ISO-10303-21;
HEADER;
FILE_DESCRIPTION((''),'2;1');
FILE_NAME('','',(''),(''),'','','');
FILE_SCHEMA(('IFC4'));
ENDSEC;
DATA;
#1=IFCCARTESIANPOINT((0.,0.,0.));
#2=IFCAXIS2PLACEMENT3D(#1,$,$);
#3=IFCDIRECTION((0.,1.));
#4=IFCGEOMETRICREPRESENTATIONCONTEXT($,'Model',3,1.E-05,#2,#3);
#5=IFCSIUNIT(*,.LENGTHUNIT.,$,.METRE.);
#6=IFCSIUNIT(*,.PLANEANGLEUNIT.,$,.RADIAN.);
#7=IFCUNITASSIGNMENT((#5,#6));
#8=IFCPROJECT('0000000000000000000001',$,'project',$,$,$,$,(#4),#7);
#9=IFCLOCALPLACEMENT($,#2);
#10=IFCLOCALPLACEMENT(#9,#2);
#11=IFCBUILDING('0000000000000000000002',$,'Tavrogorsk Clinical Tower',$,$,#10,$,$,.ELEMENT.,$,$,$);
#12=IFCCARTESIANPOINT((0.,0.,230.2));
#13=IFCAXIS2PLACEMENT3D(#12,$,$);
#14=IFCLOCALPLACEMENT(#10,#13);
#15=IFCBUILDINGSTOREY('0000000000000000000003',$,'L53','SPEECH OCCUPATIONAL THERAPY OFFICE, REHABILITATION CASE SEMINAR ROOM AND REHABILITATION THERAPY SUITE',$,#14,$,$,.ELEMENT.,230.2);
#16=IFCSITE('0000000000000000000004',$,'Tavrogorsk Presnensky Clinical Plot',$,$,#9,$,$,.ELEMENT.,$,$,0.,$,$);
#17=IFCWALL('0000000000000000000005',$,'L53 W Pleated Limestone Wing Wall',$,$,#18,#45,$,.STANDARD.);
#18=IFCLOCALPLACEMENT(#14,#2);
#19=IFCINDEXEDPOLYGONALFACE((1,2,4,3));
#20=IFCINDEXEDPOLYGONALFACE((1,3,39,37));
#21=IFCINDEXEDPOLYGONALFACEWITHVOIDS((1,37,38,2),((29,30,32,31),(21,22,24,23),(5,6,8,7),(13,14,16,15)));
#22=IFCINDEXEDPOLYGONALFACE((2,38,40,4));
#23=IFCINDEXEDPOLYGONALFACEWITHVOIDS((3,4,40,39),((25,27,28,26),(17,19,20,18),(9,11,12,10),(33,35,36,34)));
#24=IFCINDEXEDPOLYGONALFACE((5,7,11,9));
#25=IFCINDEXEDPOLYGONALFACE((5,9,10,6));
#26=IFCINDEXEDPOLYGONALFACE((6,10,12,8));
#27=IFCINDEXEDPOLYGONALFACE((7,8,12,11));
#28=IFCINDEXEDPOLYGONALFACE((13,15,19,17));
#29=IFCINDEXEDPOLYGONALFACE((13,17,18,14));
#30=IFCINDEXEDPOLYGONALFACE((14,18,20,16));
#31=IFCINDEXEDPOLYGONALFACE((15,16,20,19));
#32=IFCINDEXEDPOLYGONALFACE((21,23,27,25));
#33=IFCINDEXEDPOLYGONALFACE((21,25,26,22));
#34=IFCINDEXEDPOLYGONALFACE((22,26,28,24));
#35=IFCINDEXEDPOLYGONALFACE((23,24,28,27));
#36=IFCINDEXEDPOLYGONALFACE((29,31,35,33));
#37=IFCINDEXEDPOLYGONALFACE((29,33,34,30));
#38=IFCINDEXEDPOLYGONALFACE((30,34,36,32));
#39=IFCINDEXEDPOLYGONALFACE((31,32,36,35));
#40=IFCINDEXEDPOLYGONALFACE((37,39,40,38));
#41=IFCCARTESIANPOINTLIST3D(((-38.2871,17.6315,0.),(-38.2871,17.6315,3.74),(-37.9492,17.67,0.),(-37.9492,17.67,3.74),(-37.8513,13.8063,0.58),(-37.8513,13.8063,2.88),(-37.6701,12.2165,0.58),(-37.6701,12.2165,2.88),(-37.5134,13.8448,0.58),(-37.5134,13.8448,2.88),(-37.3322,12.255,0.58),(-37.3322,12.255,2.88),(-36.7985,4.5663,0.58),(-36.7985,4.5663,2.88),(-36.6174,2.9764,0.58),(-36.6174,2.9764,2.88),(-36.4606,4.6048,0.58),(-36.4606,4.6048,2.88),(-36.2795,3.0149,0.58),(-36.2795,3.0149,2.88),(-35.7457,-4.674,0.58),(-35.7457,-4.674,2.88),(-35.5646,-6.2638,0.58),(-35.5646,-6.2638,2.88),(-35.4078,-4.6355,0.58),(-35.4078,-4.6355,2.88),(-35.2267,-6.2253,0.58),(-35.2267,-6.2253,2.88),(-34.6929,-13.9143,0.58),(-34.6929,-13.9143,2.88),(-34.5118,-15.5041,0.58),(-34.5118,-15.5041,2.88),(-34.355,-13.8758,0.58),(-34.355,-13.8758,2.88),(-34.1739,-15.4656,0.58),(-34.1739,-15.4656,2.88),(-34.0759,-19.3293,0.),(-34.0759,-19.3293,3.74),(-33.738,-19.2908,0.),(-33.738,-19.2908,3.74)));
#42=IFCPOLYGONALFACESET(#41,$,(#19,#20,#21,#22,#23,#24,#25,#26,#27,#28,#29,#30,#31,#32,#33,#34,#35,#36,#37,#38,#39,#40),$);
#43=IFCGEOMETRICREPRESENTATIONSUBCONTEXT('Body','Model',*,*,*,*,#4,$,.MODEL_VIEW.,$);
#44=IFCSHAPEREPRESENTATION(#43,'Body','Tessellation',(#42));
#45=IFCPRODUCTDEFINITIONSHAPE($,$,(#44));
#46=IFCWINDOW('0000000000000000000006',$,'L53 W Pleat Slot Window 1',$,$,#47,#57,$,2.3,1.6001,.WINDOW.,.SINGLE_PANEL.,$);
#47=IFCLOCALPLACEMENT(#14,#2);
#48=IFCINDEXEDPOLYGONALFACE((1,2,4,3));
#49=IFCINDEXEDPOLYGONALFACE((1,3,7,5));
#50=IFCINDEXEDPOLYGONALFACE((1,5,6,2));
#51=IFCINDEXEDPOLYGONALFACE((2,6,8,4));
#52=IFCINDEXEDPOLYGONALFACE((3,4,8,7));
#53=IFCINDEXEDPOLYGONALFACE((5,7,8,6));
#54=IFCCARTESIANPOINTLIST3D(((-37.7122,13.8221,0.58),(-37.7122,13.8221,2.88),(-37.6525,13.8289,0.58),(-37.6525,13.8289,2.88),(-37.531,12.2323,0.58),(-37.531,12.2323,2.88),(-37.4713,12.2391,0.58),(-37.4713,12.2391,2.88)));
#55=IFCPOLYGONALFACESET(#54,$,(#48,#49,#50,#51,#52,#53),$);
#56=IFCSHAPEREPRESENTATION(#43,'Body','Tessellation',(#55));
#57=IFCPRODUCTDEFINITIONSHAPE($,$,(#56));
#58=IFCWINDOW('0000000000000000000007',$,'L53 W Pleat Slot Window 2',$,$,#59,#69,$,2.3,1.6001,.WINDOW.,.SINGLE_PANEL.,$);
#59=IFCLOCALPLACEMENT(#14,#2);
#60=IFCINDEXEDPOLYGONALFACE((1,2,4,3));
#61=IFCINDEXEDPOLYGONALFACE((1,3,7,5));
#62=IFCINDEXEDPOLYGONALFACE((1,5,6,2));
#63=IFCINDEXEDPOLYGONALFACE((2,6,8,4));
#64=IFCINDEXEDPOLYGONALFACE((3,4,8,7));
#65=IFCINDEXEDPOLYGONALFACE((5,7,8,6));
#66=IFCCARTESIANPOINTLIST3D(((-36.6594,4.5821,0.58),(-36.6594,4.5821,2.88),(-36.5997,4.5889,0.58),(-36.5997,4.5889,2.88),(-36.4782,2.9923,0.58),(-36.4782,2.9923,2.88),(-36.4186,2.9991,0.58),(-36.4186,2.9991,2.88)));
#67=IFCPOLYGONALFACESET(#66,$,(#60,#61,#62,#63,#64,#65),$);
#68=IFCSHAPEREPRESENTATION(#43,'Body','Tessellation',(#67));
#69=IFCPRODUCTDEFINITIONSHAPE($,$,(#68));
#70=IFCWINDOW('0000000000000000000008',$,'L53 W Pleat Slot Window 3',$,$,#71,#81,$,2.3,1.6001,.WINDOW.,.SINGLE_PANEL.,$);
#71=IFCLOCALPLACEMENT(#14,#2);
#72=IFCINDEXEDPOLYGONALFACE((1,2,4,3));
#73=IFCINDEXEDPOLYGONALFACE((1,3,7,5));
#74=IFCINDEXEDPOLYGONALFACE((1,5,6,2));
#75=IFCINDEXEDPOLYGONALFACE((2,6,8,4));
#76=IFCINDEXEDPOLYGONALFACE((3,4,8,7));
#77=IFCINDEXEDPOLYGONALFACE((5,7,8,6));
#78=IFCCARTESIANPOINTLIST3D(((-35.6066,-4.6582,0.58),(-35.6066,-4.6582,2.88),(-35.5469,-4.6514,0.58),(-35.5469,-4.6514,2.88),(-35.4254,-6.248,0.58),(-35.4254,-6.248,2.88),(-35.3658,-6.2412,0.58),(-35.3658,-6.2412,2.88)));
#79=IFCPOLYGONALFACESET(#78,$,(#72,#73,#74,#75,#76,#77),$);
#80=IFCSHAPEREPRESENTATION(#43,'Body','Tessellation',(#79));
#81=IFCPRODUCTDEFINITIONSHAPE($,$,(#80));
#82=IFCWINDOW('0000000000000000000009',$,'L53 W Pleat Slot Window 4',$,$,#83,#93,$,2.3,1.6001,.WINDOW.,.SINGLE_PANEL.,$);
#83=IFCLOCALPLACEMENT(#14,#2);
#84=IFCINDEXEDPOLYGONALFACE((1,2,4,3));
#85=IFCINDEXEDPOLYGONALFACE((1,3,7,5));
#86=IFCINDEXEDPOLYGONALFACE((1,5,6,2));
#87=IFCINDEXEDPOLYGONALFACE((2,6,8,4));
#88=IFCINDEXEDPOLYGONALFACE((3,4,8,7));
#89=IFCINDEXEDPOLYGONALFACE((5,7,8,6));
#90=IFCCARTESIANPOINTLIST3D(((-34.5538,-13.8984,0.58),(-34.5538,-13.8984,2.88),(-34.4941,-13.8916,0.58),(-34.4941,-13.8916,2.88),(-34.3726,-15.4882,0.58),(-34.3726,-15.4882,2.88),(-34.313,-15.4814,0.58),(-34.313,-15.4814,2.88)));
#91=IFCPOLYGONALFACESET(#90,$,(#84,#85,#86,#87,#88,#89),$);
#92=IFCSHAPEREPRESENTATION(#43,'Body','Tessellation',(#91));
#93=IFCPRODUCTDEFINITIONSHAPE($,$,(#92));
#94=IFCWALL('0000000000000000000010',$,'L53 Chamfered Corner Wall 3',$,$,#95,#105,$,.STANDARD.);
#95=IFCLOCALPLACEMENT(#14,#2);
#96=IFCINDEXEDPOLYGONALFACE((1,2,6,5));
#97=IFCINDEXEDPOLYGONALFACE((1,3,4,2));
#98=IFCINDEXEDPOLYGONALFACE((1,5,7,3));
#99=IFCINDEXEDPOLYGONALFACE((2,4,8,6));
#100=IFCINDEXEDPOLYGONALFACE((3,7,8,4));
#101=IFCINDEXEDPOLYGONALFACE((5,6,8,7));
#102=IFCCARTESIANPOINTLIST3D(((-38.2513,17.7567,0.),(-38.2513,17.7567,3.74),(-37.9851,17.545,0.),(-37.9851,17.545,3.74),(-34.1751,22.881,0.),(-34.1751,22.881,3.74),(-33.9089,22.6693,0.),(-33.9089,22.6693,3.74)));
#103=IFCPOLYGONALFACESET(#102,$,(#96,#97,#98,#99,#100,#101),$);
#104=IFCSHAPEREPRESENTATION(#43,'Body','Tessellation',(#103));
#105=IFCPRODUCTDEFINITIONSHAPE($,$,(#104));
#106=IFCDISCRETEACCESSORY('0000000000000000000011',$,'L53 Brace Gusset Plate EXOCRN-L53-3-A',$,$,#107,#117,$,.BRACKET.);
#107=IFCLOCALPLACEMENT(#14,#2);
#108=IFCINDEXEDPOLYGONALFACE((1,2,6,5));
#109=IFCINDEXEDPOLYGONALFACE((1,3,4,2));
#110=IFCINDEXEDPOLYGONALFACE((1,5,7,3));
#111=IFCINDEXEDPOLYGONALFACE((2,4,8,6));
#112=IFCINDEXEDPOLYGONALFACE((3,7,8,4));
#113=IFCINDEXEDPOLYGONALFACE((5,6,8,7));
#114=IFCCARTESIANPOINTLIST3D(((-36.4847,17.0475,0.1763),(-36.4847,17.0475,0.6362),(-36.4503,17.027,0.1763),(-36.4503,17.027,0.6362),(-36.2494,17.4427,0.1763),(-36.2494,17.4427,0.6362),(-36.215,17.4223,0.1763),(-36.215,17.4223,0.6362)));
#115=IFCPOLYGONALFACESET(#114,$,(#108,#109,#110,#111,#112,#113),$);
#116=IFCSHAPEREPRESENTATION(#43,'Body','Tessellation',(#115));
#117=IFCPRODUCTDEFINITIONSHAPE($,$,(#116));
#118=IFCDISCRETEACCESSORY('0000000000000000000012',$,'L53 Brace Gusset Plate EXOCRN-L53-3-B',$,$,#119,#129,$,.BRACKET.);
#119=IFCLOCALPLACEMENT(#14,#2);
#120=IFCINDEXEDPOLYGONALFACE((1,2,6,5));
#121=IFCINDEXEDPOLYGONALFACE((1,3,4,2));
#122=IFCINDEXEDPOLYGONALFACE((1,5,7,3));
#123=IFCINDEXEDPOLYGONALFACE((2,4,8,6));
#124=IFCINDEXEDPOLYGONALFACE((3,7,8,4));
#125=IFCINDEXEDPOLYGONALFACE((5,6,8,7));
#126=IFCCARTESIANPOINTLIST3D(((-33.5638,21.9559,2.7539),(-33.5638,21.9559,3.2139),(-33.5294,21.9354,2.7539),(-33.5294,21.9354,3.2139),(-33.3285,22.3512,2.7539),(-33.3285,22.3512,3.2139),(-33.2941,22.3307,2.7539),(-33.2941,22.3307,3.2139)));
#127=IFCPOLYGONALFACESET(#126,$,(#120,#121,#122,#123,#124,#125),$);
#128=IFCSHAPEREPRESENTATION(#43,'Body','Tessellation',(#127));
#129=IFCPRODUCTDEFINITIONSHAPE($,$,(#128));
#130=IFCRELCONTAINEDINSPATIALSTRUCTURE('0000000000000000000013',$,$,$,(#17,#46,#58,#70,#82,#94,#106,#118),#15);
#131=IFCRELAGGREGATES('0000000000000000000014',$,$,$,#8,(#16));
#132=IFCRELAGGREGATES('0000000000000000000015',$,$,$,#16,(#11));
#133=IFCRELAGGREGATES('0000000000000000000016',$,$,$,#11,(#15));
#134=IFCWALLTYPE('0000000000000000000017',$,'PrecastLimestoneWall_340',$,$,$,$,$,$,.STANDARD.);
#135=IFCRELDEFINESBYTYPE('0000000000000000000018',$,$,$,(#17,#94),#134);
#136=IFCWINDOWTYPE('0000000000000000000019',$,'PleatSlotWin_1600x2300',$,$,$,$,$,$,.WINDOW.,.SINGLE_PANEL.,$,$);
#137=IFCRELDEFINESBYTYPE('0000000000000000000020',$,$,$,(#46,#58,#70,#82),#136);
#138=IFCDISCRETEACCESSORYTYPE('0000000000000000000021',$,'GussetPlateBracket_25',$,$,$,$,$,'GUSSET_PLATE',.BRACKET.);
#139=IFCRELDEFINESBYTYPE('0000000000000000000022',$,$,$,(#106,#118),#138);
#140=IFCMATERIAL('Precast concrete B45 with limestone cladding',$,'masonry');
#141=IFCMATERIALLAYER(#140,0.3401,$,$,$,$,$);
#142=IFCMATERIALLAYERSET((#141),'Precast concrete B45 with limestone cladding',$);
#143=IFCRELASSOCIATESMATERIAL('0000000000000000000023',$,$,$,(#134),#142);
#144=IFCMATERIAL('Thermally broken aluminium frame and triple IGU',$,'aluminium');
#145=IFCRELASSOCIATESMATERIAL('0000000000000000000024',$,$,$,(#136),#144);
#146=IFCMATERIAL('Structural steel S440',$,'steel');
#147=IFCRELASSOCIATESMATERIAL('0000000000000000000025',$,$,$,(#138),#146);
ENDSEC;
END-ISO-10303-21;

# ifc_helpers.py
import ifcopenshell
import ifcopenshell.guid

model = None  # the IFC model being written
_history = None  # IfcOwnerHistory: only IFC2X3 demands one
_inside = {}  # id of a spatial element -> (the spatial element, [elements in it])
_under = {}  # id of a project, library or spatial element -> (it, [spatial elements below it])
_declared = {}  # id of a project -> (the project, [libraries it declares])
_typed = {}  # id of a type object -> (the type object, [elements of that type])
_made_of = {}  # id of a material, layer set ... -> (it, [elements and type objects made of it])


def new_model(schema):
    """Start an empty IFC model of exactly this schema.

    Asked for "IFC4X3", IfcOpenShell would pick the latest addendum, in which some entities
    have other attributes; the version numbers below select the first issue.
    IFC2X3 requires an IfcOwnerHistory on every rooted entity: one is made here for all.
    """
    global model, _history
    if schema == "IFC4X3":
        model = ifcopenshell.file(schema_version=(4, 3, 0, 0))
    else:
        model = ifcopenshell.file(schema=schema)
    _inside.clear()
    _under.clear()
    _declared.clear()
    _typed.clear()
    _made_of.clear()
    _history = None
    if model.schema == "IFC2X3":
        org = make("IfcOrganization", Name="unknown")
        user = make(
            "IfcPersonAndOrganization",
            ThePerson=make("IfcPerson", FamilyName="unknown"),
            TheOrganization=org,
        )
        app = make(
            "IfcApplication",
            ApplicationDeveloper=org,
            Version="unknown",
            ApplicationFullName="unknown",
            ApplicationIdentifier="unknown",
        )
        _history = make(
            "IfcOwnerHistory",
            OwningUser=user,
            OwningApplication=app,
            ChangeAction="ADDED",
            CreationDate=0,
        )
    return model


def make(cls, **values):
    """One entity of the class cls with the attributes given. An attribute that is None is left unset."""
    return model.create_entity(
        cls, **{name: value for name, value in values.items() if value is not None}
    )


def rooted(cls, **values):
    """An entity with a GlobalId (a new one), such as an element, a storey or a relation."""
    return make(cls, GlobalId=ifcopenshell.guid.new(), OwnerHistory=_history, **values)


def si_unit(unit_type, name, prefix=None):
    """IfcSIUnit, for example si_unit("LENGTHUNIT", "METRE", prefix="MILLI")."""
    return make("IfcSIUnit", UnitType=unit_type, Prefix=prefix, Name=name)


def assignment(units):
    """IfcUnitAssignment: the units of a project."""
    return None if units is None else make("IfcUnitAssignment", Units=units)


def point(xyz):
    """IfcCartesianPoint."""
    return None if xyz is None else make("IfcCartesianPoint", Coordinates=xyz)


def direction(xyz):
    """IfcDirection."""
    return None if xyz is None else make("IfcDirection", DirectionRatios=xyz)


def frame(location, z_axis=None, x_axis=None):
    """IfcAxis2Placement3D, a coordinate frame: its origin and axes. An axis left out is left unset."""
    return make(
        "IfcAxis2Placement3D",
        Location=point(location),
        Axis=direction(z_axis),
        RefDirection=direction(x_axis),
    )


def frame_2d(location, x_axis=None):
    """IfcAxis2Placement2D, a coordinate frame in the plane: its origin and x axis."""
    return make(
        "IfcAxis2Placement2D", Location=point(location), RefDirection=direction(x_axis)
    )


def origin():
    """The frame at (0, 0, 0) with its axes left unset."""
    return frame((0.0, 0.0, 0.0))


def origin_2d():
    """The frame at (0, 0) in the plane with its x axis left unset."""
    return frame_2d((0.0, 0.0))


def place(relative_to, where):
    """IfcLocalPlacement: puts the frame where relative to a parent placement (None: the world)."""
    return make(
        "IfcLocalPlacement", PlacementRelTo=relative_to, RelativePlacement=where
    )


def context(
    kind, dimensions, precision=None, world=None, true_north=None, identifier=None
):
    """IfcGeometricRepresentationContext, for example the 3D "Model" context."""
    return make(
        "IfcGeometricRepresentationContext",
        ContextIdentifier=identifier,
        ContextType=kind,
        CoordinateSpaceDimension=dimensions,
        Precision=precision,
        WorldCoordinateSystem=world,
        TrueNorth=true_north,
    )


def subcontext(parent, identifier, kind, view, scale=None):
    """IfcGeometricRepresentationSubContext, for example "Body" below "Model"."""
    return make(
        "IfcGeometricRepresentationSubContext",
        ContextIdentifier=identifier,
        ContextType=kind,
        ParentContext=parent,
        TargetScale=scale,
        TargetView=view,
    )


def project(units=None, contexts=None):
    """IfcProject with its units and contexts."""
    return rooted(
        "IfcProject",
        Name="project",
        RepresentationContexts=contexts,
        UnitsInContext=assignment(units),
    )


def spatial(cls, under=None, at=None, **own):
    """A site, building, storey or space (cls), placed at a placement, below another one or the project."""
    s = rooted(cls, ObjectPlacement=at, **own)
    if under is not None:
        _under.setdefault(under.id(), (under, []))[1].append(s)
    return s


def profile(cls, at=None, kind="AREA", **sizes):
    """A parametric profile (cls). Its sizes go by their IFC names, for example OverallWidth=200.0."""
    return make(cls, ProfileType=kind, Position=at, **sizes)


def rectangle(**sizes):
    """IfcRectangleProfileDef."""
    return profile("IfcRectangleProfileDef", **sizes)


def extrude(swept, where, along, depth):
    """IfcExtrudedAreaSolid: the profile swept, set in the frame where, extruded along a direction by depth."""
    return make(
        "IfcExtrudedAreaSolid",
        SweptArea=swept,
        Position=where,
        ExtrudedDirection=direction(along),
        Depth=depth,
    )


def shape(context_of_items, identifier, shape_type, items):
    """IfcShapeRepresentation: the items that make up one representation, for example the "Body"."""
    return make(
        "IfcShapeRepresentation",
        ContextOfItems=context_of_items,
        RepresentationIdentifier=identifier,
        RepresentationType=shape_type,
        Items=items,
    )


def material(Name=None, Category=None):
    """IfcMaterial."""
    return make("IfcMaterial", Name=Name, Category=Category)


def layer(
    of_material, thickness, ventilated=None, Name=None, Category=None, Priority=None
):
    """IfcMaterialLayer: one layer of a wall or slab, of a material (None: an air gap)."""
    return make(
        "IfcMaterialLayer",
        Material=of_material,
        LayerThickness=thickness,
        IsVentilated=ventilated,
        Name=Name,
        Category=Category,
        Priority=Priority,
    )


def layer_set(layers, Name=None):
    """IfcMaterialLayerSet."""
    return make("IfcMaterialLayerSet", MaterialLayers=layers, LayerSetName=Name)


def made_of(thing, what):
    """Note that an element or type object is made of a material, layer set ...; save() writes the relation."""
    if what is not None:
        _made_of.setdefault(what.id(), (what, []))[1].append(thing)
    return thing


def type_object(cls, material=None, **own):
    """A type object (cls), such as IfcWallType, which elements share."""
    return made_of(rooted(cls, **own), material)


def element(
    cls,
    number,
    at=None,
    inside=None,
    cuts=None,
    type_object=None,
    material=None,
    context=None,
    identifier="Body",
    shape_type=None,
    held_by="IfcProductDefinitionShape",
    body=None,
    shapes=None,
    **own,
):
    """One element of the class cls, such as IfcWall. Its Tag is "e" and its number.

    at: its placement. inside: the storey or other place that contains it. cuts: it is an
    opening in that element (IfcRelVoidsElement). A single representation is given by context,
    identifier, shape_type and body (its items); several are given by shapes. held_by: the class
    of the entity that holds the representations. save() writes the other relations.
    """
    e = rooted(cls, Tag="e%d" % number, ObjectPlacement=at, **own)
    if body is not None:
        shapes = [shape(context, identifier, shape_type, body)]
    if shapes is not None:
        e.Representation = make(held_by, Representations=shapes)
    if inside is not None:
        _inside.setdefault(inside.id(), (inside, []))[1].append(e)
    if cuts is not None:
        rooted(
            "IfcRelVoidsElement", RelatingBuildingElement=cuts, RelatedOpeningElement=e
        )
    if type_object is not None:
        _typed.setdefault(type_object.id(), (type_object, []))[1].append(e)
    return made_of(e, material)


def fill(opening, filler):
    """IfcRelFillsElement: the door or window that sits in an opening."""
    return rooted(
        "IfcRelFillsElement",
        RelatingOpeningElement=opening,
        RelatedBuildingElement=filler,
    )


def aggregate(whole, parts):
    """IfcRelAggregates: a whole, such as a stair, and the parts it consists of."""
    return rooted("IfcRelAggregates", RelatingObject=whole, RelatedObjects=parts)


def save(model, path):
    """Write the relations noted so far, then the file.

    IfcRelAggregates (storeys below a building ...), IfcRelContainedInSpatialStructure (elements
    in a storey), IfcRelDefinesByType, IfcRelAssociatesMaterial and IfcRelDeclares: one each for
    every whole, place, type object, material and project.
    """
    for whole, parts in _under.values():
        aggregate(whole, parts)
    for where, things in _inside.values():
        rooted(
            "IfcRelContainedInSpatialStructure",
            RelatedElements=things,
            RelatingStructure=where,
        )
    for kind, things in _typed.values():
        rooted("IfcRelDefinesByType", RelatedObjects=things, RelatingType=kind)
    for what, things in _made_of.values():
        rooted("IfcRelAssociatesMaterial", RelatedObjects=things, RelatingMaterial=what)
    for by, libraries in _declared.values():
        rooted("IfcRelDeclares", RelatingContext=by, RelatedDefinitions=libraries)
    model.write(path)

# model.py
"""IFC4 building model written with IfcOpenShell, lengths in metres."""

from ifc_helpers import new_model, si_unit, direction, frame, frame_2d, origin, origin_2d, place, context, subcontext, project, spatial, rectangle, extrude, material, layer, layer_set, type_object, element, fill, save


model = new_model("IFC4")

# Units and contexts
model_context = context("Model", 3, precision=1e-05, world=origin(), true_north=direction((0.0, 1.0)))
body_context = subcontext(model_context, "Body", "Model", "MODEL_VIEW")
ifc_project = project(units=[si_unit("LENGTHUNIT", "METRE"), si_unit("PLANEANGLEUNIT", "RADIAN")], contexts=[model_context])

# Site, building, storey
site_placement = place(None, origin())
site = spatial("IfcSite", under=ifc_project, at=site_placement, Name="Tavrogorsk Presnensky Clinical Plot", CompositionType="ELEMENT", RefElevation=0.0)
building_placement = place(site_placement, origin())
building = spatial("IfcBuilding", under=site, at=building_placement, Name="Tavrogorsk Clinical Tower", CompositionType="ELEMENT")
storey_placement = place(building_placement, frame((0.0, 0.0, 230.2)))
storey = spatial("IfcBuildingStorey", under=building, at=storey_placement, Name="L53", Description="SPEECH OCCUPATIONAL THERAPY OFFICE, REHABILITATION CASE SEMINAR ROOM AND REHABILITATION THERAPY SUITE", CompositionType="ELEMENT", Elevation=230.2)

# Wall, openings, windows
ifc_material_1 = material(Name="Precast concrete B45 with limestone cladding", Category="masonry")
ifc_layer_1 = layer(ifc_material_1, 0.3401)
ifc_layer_set_1 = layer_set([ifc_layer_1], Name="Precast concrete B45 with limestone cladding")
wall_type_1 = type_object("IfcWallType", Name="PrecastLimestoneWall_340", PredefinedType="STANDARD", material=ifc_layer_set_1)
wall_1_placement = place(storey_placement, frame((-38.1182, 17.6509, 0.0), z_axis=(0.0, 0.0, 1.0), x_axis=(0.113204, -0.993572, 0.0)))
wall_1 = element("IfcWall", 1, at=wall_1_placement, inside=storey, type_object=wall_type_1, Name="L53 W Pleated Limestone Wing Wall", PredefinedType="STANDARD", context=body_context, shape_type="SweptSolid", body=[
    extrude(rectangle(XDim=37.2, YDim=0.3401, at=frame_2d((18.6001, 0.0))), origin(), (0.0, 0.0, 1.0), 3.74),
])
opening_1_placement = place(wall_1_placement, frame((3.8501, 0.0, 0.5801)))
opening_1 = element("IfcOpeningElement", 2, at=opening_1_placement, cuts=wall_1, PredefinedType="OPENING", context=body_context, shape_type="SweptSolid", body=[
    extrude(rectangle(XDim=1.6001, YDim=2.3, at=frame_2d((0.8, 1.1499))), frame((0.0, 0.1799, 0.0), z_axis=(0.0, -1.0, 0.0), x_axis=(1.0, 0.0, 0.0)), (0.0, 0.0, 1.0), 0.3601),
])
opening_2_placement = place(wall_1_placement, frame((13.1499, 0.0, 0.5801)))
opening_2 = element("IfcOpeningElement", 3, at=opening_2_placement, cuts=wall_1, PredefinedType="OPENING", context=body_context, shape_type="SweptSolid", body=[
    extrude(rectangle(XDim=1.6001, YDim=2.3, at=frame_2d((0.8, 1.1499))), frame((0.0, 0.1799, 0.0), z_axis=(0.0, -1.0, 0.0), x_axis=(1.0, 0.0, 0.0)), (0.0, 0.0, 1.0), 0.3601),
])
opening_3_placement = place(wall_1_placement, frame((22.45, 0.0, 0.5801)))
opening_3 = element("IfcOpeningElement", 4, at=opening_3_placement, cuts=wall_1, PredefinedType="OPENING", context=body_context, shape_type="SweptSolid", body=[
    extrude(rectangle(XDim=1.6001, YDim=2.3, at=frame_2d((0.8, 1.1499))), frame((0.0, 0.1799, 0.0), z_axis=(0.0, -1.0, 0.0), x_axis=(1.0, 0.0, 0.0)), (0.0, 0.0, 1.0), 0.3601),
])
opening_4_placement = place(wall_1_placement, frame((31.75, 0.0, 0.5801)))
opening_4 = element("IfcOpeningElement", 5, at=opening_4_placement, cuts=wall_1, PredefinedType="OPENING", context=body_context, shape_type="SweptSolid", body=[
    extrude(rectangle(XDim=1.6001, YDim=2.3, at=frame_2d((0.8, 1.1499))), frame((0.0, 0.1799, 0.0), z_axis=(0.0, -1.0, 0.0), x_axis=(1.0, 0.0, 0.0)), (0.0, 0.0, 1.0), 0.3601),
])
ifc_material_2 = material(Name="Thermally broken aluminium frame and triple IGU", Category="aluminium")
window_type = type_object("IfcWindowType", Name="PleatSlotWin_1600x2300", PartitioningType="SINGLE_PANEL", PredefinedType="WINDOW", material=ifc_material_2)
window_1_placement = place(opening_1_placement, origin())
window_1 = element("IfcWindow", 6, at=window_1_placement, inside=storey, type_object=window_type, Name="L53 W Pleat Slot Window 1", OverallHeight=2.3, OverallWidth=1.6001, PartitioningType="SINGLE_PANEL", PredefinedType="WINDOW", context=body_context, shape_type="SweptSolid", body=[
    extrude(rectangle(XDim=1.6001, YDim=2.3, at=frame_2d((0.8, 1.1499))), frame((0.0, 0.03, 0.0), z_axis=(0.0, -1.0, 0.0), x_axis=(1.0, 0.0, 0.0)), (0.0, 0.0, 1.0), 0.0601),
])
fill(opening_1, window_1)
window_2_placement = place(opening_2_placement, origin())
window_2 = element("IfcWindow", 7, at=window_2_placement, inside=storey, type_object=window_type, Name="L53 W Pleat Slot Window 2", OverallHeight=2.3, OverallWidth=1.6001, PartitioningType="SINGLE_PANEL", PredefinedType="WINDOW", context=body_context, shape_type="SweptSolid", body=[
    extrude(rectangle(XDim=1.6001, YDim=2.3, at=frame_2d((0.8, 1.1499))), frame((0.0, 0.03, 0.0), z_axis=(0.0, -1.0, 0.0), x_axis=(1.0, 0.0, 0.0)), (0.0, 0.0, 1.0), 0.0601),
])
fill(opening_2, window_2)
window_3_placement = place(opening_3_placement, origin())
window_3 = element("IfcWindow", 8, at=window_3_placement, inside=storey, type_object=window_type, Name="L53 W Pleat Slot Window 3", OverallHeight=2.3, OverallWidth=1.6001, PartitioningType="SINGLE_PANEL", PredefinedType="WINDOW", context=body_context, shape_type="SweptSolid", body=[
    extrude(rectangle(XDim=1.6001, YDim=2.3, at=frame_2d((0.8, 1.1499))), frame((0.0, 0.03, 0.0), z_axis=(0.0, -1.0, 0.0), x_axis=(1.0, 0.0, 0.0)), (0.0, 0.0, 1.0), 0.0601),
])
fill(opening_3, window_3)
window_4_placement = place(opening_4_placement, origin())
window_4 = element("IfcWindow", 9, at=window_4_placement, inside=storey, type_object=window_type, Name="L53 W Pleat Slot Window 4", OverallHeight=2.3, OverallWidth=1.6001, PartitioningType="SINGLE_PANEL", PredefinedType="WINDOW", context=body_context, shape_type="SweptSolid", body=[
    extrude(rectangle(XDim=1.6001, YDim=2.3, at=frame_2d((0.8, 1.1499))), frame((0.0, 0.03, 0.0), z_axis=(0.0, -1.0, 0.0), x_axis=(1.0, 0.0, 0.0)), (0.0, 0.0, 1.0), 0.0601),
])
fill(opening_4, window_4)

# Wall
wall_2_placement = place(storey_placement, frame((-34.042, 22.7751, 0.0), z_axis=(0.0, 0.0, 1.0), x_axis=(-0.622528, -0.782597, 0.0)))
element("IfcWall", 10, at=wall_2_placement, inside=storey, type_object=wall_type_1, Name="L53 Chamfered Corner Wall 3", PredefinedType="STANDARD", context=body_context, shape_type="SweptSolid", body=[
    extrude(rectangle(XDim=6.5479, YDim=0.3401, at=frame_2d((3.2739, 0.0))), origin(), (0.0, 0.0, 1.0), 3.74),
])

# Discrete accessories
ifc_material_3 = material(Name="Structural steel S440", Category="steel")
discrete_accessory_type = type_object("IfcDiscreteAccessoryType", Name="GussetPlateBracket_25", ElementType="GUSSET_PLATE", PredefinedType="BRACKET", material=ifc_material_3)
for number, where, z_axis, x_axis, name in (
    (11, (-36.3499, 17.2349, 0.1763), (0.0, 0.0, 1.0), (0.511443, 0.859317, 0.0), "L53 Brace Gusset Plate EXOCRN-L53-3-A"),
    (12, (-33.429, 22.1433, 2.7539), (0.0, 0.0, 1.0), (0.511443, 0.859317, 0.0), "L53 Brace Gusset Plate EXOCRN-L53-3-B"),
):
    element("IfcDiscreteAccessory", number, at=place(storey_placement, frame(where, z_axis=z_axis, x_axis=x_axis)), inside=storey, type_object=discrete_accessory_type, Name=name, PredefinedType="BRACKET", context=body_context, shape_type="SweptSolid", body=[
        extrude(rectangle(XDim=0.46, YDim=0.04, at=origin_2d()), origin(), (0.0, 0.0, 1.0), 0.46),
    ])

save(model, "model.ifc")
